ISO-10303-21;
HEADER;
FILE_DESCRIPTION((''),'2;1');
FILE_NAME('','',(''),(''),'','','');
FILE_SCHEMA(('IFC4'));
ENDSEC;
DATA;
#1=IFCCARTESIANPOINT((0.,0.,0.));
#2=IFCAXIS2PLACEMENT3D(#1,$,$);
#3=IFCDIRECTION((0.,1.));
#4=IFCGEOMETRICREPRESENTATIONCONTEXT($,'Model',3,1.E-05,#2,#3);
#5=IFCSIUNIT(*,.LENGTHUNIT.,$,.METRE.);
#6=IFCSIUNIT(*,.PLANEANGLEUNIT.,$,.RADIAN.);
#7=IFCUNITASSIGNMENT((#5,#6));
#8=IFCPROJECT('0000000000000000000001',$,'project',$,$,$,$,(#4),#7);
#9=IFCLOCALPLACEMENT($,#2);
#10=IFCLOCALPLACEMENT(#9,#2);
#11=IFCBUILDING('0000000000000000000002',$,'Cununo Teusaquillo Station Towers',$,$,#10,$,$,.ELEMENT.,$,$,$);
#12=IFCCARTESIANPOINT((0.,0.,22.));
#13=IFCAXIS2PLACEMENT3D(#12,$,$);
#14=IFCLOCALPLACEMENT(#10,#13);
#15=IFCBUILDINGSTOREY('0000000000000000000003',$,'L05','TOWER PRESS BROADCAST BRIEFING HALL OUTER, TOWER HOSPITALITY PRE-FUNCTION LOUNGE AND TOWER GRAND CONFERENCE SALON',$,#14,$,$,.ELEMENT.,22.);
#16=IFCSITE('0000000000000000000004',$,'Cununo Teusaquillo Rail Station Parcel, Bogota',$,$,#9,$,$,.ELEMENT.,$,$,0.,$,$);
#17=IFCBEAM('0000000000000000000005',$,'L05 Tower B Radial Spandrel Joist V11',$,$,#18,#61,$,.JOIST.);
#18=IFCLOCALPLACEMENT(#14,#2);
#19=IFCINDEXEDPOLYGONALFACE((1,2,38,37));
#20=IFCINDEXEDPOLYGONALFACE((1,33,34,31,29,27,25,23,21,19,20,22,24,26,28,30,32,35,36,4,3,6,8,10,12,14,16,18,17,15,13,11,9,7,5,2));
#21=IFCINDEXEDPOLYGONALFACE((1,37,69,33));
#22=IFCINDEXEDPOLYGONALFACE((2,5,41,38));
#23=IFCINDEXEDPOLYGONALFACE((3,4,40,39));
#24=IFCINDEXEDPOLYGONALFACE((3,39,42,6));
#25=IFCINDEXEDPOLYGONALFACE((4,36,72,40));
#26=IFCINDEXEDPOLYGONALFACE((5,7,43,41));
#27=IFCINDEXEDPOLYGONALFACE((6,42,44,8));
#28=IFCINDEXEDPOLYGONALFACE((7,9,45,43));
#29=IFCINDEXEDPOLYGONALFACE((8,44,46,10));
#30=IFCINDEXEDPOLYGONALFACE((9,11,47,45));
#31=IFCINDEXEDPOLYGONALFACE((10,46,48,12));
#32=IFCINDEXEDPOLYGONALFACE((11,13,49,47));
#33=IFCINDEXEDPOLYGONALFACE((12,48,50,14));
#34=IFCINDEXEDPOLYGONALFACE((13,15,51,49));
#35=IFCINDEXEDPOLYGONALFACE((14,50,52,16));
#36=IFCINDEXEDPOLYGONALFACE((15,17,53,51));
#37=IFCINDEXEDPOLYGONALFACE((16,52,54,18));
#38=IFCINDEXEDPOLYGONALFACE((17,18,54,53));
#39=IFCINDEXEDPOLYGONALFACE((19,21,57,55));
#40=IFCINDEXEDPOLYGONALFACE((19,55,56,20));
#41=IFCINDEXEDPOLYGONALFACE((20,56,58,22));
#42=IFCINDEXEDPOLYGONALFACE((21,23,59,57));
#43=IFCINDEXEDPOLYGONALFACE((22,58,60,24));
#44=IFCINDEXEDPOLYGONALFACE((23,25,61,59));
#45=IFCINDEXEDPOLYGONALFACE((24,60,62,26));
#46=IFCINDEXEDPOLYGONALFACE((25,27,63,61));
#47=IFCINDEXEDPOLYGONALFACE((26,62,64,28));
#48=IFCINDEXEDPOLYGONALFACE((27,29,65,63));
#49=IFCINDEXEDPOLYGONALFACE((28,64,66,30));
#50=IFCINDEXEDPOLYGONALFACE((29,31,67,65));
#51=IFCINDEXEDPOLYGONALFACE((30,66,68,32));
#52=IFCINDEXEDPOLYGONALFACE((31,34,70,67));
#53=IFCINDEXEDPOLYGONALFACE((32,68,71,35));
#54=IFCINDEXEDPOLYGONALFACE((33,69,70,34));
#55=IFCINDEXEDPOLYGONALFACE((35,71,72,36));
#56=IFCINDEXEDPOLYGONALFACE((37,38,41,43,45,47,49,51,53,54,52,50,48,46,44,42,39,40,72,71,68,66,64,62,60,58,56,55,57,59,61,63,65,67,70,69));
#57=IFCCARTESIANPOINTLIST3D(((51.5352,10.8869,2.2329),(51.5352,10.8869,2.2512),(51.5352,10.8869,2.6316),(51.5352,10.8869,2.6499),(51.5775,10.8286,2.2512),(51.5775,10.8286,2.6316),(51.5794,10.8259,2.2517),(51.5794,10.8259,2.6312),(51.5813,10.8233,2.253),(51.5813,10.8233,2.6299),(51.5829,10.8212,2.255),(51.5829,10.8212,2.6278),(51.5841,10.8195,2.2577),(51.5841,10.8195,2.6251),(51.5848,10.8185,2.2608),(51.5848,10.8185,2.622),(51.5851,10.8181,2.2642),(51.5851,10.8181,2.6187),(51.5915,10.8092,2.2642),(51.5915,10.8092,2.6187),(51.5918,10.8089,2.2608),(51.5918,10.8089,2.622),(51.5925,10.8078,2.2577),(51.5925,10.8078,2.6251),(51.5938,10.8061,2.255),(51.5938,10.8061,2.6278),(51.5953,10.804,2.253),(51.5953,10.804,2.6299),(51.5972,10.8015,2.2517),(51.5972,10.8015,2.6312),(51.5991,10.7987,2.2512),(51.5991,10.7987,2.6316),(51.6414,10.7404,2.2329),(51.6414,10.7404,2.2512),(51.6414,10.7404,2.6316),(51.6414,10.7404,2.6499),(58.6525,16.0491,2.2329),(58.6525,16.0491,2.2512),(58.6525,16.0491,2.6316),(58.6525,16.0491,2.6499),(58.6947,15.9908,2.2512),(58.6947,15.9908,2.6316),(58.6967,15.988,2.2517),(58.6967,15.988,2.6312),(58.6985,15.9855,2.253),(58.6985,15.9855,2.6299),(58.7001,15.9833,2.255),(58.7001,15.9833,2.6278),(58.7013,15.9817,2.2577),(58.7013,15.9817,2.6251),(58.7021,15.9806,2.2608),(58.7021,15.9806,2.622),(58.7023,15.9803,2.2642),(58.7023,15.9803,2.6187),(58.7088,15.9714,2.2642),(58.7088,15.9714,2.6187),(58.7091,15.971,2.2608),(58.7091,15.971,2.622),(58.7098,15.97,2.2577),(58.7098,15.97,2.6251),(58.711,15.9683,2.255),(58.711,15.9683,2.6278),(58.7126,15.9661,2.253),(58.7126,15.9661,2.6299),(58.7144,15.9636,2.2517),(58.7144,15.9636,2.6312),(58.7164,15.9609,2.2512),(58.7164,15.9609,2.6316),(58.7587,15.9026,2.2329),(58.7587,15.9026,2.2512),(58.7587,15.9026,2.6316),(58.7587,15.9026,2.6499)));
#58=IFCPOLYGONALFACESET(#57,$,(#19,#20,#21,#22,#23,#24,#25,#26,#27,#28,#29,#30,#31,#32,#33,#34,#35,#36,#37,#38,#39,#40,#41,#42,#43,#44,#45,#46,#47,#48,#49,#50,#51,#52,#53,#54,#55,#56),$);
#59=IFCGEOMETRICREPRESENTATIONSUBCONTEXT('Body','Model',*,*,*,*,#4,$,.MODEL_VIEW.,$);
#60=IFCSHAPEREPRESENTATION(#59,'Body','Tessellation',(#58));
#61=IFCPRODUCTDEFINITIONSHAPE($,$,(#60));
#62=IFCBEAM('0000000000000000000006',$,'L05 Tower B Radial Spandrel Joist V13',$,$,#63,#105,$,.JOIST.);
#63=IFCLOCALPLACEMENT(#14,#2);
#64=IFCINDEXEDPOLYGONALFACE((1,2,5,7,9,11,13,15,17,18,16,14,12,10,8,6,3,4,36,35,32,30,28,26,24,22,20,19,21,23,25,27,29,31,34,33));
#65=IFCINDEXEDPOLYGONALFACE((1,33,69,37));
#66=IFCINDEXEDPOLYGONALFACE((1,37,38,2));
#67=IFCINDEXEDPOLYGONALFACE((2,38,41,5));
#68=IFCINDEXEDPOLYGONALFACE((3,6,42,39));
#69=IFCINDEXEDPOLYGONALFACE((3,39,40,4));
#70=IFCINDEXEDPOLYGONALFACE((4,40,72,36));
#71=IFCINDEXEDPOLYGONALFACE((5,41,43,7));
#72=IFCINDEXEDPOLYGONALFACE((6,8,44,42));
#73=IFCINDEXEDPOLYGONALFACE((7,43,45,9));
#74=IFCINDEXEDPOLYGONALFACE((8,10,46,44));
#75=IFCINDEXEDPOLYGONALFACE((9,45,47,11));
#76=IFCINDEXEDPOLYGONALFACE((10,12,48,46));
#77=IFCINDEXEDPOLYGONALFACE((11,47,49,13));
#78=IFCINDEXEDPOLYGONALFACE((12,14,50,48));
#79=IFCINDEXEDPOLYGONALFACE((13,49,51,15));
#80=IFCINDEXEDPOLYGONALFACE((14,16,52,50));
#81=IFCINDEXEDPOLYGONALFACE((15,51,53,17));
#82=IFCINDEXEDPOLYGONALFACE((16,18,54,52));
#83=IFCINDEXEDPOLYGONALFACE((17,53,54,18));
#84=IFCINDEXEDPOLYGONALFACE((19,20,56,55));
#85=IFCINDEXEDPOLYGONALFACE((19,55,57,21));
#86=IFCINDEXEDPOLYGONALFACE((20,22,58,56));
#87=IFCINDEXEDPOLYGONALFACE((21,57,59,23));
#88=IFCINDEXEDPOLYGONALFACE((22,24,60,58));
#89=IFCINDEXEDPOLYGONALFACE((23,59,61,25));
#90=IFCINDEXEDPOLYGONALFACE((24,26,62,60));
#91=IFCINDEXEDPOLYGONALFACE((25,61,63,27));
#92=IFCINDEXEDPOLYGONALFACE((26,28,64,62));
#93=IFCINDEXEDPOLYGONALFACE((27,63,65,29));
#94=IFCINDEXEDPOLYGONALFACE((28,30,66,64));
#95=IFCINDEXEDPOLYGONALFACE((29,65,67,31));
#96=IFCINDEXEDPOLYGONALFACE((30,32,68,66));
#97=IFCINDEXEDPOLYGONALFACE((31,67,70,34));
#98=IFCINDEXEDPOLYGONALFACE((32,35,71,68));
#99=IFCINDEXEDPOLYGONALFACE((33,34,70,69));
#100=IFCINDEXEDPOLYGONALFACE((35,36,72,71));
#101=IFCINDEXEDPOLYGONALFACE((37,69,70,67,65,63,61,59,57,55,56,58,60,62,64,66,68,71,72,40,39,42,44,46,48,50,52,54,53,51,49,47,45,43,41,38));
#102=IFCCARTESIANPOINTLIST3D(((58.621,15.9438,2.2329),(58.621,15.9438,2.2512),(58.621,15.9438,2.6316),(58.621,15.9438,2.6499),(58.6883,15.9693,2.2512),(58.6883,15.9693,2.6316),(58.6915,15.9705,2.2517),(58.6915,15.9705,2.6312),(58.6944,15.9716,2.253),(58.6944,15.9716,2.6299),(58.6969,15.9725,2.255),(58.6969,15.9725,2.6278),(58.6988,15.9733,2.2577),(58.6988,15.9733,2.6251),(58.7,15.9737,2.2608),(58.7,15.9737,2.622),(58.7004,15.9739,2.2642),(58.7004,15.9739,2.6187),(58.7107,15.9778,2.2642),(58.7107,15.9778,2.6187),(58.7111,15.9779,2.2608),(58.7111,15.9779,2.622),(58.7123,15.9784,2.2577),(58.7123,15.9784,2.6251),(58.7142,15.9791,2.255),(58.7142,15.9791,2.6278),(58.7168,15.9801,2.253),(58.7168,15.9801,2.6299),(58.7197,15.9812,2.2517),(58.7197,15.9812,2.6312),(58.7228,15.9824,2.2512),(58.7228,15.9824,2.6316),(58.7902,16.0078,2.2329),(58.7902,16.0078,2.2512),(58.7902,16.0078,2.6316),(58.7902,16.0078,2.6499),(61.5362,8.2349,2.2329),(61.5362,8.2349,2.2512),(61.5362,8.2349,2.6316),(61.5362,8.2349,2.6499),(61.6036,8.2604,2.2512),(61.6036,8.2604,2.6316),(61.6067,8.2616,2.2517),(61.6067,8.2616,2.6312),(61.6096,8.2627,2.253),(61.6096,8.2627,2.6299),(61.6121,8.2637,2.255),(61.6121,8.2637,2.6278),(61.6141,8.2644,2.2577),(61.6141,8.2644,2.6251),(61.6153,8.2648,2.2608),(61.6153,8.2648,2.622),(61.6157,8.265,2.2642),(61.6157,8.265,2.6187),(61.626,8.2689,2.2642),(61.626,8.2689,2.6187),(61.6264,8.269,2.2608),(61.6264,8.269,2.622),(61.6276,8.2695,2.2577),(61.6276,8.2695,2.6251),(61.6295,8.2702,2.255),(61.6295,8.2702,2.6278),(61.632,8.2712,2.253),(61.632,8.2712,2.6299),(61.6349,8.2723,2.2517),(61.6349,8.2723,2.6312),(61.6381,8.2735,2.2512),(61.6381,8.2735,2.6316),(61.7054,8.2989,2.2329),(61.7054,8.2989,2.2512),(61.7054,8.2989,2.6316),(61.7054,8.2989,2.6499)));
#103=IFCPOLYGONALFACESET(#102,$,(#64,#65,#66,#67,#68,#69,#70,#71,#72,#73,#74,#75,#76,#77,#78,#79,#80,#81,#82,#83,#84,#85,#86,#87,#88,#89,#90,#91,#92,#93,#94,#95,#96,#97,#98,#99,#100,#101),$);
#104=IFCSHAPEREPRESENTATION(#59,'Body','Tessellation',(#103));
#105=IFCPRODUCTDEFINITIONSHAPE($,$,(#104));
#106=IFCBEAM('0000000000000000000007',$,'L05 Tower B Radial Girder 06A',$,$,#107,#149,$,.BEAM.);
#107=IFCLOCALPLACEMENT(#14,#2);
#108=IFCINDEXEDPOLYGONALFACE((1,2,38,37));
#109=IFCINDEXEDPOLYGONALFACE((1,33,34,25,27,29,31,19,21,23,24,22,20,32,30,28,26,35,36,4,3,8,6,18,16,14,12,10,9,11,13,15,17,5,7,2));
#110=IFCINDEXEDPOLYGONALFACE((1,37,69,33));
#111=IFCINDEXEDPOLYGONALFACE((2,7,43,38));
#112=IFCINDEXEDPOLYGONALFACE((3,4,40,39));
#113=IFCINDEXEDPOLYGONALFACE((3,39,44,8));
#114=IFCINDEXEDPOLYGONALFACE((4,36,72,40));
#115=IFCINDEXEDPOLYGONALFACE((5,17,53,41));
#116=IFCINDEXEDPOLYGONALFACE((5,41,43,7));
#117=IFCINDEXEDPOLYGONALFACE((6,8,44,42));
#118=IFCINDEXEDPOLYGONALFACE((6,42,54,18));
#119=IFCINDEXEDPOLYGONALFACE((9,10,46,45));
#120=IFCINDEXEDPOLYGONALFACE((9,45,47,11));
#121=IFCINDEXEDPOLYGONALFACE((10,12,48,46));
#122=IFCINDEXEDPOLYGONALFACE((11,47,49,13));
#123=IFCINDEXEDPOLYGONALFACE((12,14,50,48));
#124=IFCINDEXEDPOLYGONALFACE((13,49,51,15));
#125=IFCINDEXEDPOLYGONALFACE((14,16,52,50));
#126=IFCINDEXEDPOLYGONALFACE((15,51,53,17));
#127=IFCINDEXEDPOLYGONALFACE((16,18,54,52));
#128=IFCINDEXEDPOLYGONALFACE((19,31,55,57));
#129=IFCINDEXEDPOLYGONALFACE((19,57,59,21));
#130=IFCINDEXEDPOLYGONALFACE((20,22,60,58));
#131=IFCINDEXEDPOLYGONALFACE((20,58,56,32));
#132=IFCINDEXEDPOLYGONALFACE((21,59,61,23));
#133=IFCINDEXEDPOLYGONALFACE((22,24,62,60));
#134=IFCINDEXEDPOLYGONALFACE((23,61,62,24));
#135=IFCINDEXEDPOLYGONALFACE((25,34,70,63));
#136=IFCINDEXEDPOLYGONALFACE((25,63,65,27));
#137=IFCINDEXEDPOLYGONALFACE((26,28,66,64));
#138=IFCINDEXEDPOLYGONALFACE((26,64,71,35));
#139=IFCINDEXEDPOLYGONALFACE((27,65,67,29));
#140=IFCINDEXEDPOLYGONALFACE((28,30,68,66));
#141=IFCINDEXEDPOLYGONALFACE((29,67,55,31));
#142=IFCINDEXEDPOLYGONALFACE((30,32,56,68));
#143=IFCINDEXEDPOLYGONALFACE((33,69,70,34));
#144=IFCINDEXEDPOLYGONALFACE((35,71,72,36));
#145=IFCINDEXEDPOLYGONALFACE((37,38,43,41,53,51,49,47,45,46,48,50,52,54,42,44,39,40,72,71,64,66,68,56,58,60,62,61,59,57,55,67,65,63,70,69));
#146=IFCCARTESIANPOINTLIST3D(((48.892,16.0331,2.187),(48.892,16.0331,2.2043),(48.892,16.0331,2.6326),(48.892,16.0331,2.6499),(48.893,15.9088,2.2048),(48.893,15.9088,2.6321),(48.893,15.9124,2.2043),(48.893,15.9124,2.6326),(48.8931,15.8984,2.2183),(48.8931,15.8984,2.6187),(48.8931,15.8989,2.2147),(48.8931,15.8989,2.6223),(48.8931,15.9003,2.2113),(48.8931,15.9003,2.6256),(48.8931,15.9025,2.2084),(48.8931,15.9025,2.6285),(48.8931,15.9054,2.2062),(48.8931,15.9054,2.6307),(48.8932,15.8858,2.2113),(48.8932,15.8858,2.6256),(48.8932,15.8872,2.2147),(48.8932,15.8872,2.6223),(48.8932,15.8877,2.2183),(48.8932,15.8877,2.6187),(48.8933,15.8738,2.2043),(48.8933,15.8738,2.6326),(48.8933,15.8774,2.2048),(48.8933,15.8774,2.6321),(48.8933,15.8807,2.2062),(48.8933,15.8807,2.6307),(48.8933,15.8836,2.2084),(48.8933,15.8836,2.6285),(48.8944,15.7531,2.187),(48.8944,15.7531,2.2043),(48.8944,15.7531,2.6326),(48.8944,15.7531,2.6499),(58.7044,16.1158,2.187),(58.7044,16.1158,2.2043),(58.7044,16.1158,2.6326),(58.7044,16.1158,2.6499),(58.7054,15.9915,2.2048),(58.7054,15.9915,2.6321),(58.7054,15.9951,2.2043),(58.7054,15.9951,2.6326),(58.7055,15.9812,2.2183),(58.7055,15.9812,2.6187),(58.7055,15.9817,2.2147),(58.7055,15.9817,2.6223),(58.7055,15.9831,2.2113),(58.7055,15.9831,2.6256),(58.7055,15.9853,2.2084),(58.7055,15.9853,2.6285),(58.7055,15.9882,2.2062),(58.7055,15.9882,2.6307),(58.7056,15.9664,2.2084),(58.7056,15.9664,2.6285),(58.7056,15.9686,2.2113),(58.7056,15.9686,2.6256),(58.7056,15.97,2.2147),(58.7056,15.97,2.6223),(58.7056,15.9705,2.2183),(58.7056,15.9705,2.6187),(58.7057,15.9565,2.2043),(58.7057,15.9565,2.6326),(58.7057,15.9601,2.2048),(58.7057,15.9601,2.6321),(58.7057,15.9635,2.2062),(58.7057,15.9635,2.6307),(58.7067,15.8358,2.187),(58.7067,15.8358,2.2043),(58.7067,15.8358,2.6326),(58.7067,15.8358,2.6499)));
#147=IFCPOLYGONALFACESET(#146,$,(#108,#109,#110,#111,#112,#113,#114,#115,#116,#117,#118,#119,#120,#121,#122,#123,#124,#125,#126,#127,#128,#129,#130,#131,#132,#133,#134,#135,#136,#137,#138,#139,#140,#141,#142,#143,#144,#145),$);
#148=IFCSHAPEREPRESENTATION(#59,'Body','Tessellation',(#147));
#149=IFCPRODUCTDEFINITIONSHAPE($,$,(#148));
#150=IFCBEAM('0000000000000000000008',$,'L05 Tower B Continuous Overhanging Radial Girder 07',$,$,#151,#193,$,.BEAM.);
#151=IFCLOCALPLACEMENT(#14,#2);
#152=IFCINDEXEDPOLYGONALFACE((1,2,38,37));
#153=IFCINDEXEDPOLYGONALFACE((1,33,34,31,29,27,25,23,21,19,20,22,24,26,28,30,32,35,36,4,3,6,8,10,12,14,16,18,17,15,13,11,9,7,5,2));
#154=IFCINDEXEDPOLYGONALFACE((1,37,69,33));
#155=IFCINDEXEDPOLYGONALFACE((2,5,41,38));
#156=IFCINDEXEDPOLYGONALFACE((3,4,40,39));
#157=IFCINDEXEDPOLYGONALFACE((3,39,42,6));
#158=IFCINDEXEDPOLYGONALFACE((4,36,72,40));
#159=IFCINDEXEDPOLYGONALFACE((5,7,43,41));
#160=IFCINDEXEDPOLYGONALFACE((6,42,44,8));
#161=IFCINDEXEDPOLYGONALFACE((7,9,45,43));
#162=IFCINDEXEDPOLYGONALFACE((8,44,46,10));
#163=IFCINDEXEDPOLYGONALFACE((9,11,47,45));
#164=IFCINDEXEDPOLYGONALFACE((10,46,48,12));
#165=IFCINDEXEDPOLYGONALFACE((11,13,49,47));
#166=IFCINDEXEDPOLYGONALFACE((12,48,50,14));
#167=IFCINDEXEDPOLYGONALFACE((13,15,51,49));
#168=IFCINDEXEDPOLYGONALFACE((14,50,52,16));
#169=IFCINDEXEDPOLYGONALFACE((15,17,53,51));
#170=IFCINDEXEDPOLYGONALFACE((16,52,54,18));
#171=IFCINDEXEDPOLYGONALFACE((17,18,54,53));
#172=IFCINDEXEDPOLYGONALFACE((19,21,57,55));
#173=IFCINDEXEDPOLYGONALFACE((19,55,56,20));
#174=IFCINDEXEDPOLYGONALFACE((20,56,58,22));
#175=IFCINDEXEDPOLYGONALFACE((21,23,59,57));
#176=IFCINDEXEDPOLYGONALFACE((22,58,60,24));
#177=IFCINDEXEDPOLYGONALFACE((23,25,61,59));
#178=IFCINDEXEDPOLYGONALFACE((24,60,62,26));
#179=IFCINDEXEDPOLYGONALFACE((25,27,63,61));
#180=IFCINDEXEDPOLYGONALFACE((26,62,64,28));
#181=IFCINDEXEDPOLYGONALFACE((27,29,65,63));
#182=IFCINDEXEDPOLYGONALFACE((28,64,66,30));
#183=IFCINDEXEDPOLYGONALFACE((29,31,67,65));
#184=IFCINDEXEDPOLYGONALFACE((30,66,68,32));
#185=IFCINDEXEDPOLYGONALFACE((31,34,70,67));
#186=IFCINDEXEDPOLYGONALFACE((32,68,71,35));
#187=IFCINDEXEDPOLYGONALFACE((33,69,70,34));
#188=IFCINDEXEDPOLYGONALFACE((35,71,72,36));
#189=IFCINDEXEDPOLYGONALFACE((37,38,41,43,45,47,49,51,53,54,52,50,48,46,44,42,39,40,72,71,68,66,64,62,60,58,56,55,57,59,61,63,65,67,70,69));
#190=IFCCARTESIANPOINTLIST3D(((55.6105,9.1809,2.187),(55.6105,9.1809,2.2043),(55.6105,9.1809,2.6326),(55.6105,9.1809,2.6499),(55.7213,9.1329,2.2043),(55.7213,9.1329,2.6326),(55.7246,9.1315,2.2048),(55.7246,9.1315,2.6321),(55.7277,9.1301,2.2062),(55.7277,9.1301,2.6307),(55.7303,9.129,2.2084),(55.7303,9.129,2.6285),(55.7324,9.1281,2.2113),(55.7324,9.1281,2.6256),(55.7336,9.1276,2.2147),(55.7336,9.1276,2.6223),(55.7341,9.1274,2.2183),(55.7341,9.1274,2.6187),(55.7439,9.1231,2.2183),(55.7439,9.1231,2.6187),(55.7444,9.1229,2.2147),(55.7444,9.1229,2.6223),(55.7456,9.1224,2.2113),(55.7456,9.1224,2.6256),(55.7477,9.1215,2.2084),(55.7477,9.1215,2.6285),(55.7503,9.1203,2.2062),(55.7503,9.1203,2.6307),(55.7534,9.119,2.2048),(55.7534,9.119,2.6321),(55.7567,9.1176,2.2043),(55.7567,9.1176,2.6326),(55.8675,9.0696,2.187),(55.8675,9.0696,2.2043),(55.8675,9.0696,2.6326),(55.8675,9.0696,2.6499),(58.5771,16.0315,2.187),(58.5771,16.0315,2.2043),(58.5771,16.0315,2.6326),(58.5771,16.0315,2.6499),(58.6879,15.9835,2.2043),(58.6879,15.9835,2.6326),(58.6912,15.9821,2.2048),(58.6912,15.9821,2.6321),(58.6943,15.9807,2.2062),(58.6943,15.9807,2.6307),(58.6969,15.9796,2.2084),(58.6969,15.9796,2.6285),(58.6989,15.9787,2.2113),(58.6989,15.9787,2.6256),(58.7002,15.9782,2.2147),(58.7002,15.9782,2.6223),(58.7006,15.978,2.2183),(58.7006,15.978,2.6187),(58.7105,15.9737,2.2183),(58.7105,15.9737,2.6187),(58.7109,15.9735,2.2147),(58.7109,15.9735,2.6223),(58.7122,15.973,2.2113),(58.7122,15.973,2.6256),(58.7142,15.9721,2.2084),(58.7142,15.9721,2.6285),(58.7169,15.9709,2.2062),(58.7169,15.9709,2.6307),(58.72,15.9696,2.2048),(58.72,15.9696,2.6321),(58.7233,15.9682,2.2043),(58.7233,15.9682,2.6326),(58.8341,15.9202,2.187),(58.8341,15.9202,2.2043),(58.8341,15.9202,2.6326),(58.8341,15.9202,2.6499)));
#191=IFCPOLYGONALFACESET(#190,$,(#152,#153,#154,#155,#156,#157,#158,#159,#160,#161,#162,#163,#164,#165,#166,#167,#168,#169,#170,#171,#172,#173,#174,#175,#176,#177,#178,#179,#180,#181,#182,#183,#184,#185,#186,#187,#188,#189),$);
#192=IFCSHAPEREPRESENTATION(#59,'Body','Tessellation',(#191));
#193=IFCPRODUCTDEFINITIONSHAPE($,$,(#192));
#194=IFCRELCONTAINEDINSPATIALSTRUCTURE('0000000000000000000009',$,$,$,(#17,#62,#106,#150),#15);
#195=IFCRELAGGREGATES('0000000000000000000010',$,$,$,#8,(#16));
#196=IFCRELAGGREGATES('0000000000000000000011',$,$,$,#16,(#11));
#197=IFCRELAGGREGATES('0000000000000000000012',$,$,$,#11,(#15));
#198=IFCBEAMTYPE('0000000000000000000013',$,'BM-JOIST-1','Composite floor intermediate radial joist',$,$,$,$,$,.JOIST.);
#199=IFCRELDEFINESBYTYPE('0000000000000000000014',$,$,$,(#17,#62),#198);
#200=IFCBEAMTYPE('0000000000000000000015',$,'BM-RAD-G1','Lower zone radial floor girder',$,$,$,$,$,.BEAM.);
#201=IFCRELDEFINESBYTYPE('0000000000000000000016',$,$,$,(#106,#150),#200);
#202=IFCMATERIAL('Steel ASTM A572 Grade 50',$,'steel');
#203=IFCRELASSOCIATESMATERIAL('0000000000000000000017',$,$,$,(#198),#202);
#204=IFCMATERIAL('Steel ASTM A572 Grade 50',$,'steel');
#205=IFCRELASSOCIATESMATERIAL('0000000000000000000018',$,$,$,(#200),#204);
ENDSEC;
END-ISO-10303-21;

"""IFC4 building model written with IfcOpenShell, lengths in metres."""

from ifc_helpers import new_model, si_unit, direction, frame, origin, origin_2d, place, context, subcontext, project, spatial, i_section, extrude, material, material_profile, profile_set, type_object, element, save


model = new_model("IFC4")

# Units and contexts
model_context = context("Model", 3, precision=1e-05, world=origin(), true_north=direction((0.0, 1.0)))
body_context = subcontext(model_context, "Body", "Model", "MODEL_VIEW")
ifc_project = project(units=[si_unit("LENGTHUNIT", "METRE"), si_unit("PLANEANGLEUNIT", "RADIAN")], contexts=[model_context])

# Site, building, storey
site_placement = place(None, origin())
site = spatial("IfcSite", under=ifc_project, at=site_placement, Name="Cununo Teusaquillo Rail Station Parcel, Bogota", CompositionType="ELEMENT", RefElevation=0.0)
building_placement = place(site_placement, origin())
building = spatial("IfcBuilding", under=site, at=building_placement, Name="Cununo Teusaquillo Station Towers", CompositionType="ELEMENT")
storey_placement = place(building_placement, frame((0.0, 0.0, 22.0)))
storey = spatial("IfcBuildingStorey", under=building, at=storey_placement, Name="L05", Description="TOWER PRESS BROADCAST BRIEFING HALL OUTER, TOWER HOSPITALITY PRE-FUNCTION LOUNGE AND TOWER GRAND CONFERENCE SALON", CompositionType="ELEMENT", Elevation=22.0)

# Beams
ifc_material_1 = material(Name="Steel ASTM A572 Grade 50", Category="steel")
ifc_material_profile_1 = material_profile(ifc_material_1, i_section(OverallWidth=0.1809, OverallDepth=0.417, WebThickness=0.011, FlangeThickness=0.0183, FilletRadius=0.0129, at=origin_2d()), Name="W16X57")
ifc_profile_set_1 = profile_set([ifc_material_profile_1], Name="Steel ASTM A572 Grade 50")
beam_type_1 = type_object("IfcBeamType", Name="BM-JOIST-1", Description="Composite floor intermediate radial joist", PredefinedType="JOIST", material=ifc_profile_set_1)
beam_1_placement = place(storey_placement, frame((58.7056, 15.9758, 2.4414), z_axis=(-0.809494, -0.587128, 0.0), x_axis=(0.587128, -0.809494, 0.0)))
element("IfcBeam", 1, at=beam_1_placement, inside=storey, type_object=beam_type_1, Name="L05 Tower B Radial Spandrel Joist V11", PredefinedType="JOIST", context=body_context, shape_type="SweptSolid", body=[
    extrude(i_section(OverallWidth=0.1809, OverallDepth=0.417, WebThickness=0.011, FlangeThickness=0.0183, FilletRadius=0.0129, at=origin_2d()), origin(), (0.0, 0.0, 1.0), 8.7922),
])
beam_2_placement = place(storey_placement, frame((58.7056, 15.9758, 2.4414), z_axis=(0.353719, -0.935352, 0.0), x_axis=(0.935352, 0.353719, 0.0)))
element("IfcBeam", 2, at=beam_2_placement, inside=storey, type_object=beam_type_1, Name="L05 Tower B Radial Spandrel Joist V13", PredefinedType="JOIST", context=body_context, shape_type="SweptSolid", body=[
    extrude(i_section(OverallWidth=0.1809, OverallDepth=0.417, WebThickness=0.011, FlangeThickness=0.0183, FilletRadius=0.0129, at=origin_2d()), origin(), (0.0, 0.0, 1.0), 8.2417),
])
ifc_material_2 = material(Name="Steel ASTM A572 Grade 50", Category="steel")
ifc_material_profile_2 = material_profile(ifc_material_2, i_section(OverallWidth=0.28, OverallDepth=0.4629, WebThickness=0.0107, FlangeThickness=0.0173, FilletRadius=0.0139, at=origin_2d()), Name="W18X76")
ifc_profile_set_2 = profile_set([ifc_material_profile_2], Name="Steel ASTM A572 Grade 50")
beam_type_2 = type_object("IfcBeamType", Name="BM-RAD-G1", Description="Lower zone radial floor girder", PredefinedType="BEAM", material=ifc_profile_set_2)
beam_3_placement = place(storey_placement, frame((58.7056, 15.9758, 2.4185), z_axis=(-0.999964, -0.008434, 0.0), x_axis=(0.008434, -0.999964, 0.0)))
element("IfcBeam", 3, at=beam_3_placement, inside=storey, type_object=beam_type_2, Name="L05 Tower B Radial Girder 06A", PredefinedType="BEAM", context=body_context, shape_type="SweptSolid", body=[
    extrude(i_section(OverallWidth=0.28, OverallDepth=0.4629, WebThickness=0.0107, FlangeThickness=0.0173, FilletRadius=0.0139, at=origin_2d()), origin(), (0.0, 0.0, 1.0), 9.8127),
])
beam_4_placement = place(storey_placement, frame((58.7056, 15.9758, 2.4185), z_axis=(-0.397378, -0.917655, 0.0), x_axis=(0.917655, -0.397378, 0.0)))
element("IfcBeam", 4, at=beam_4_placement, inside=storey, type_object=beam_type_2, Name="L05 Tower B Continuous Overhanging Radial Girder 07", PredefinedType="BEAM", context=body_context, shape_type="SweptSolid", body=[
    extrude(i_section(OverallWidth=0.28, OverallDepth=0.4629, WebThickness=0.0107, FlangeThickness=0.0173, FilletRadius=0.0139, at=origin_2d()), origin(), (0.0, 0.0, 1.0), 7.4653),
])

save(model, "model.ifc")
